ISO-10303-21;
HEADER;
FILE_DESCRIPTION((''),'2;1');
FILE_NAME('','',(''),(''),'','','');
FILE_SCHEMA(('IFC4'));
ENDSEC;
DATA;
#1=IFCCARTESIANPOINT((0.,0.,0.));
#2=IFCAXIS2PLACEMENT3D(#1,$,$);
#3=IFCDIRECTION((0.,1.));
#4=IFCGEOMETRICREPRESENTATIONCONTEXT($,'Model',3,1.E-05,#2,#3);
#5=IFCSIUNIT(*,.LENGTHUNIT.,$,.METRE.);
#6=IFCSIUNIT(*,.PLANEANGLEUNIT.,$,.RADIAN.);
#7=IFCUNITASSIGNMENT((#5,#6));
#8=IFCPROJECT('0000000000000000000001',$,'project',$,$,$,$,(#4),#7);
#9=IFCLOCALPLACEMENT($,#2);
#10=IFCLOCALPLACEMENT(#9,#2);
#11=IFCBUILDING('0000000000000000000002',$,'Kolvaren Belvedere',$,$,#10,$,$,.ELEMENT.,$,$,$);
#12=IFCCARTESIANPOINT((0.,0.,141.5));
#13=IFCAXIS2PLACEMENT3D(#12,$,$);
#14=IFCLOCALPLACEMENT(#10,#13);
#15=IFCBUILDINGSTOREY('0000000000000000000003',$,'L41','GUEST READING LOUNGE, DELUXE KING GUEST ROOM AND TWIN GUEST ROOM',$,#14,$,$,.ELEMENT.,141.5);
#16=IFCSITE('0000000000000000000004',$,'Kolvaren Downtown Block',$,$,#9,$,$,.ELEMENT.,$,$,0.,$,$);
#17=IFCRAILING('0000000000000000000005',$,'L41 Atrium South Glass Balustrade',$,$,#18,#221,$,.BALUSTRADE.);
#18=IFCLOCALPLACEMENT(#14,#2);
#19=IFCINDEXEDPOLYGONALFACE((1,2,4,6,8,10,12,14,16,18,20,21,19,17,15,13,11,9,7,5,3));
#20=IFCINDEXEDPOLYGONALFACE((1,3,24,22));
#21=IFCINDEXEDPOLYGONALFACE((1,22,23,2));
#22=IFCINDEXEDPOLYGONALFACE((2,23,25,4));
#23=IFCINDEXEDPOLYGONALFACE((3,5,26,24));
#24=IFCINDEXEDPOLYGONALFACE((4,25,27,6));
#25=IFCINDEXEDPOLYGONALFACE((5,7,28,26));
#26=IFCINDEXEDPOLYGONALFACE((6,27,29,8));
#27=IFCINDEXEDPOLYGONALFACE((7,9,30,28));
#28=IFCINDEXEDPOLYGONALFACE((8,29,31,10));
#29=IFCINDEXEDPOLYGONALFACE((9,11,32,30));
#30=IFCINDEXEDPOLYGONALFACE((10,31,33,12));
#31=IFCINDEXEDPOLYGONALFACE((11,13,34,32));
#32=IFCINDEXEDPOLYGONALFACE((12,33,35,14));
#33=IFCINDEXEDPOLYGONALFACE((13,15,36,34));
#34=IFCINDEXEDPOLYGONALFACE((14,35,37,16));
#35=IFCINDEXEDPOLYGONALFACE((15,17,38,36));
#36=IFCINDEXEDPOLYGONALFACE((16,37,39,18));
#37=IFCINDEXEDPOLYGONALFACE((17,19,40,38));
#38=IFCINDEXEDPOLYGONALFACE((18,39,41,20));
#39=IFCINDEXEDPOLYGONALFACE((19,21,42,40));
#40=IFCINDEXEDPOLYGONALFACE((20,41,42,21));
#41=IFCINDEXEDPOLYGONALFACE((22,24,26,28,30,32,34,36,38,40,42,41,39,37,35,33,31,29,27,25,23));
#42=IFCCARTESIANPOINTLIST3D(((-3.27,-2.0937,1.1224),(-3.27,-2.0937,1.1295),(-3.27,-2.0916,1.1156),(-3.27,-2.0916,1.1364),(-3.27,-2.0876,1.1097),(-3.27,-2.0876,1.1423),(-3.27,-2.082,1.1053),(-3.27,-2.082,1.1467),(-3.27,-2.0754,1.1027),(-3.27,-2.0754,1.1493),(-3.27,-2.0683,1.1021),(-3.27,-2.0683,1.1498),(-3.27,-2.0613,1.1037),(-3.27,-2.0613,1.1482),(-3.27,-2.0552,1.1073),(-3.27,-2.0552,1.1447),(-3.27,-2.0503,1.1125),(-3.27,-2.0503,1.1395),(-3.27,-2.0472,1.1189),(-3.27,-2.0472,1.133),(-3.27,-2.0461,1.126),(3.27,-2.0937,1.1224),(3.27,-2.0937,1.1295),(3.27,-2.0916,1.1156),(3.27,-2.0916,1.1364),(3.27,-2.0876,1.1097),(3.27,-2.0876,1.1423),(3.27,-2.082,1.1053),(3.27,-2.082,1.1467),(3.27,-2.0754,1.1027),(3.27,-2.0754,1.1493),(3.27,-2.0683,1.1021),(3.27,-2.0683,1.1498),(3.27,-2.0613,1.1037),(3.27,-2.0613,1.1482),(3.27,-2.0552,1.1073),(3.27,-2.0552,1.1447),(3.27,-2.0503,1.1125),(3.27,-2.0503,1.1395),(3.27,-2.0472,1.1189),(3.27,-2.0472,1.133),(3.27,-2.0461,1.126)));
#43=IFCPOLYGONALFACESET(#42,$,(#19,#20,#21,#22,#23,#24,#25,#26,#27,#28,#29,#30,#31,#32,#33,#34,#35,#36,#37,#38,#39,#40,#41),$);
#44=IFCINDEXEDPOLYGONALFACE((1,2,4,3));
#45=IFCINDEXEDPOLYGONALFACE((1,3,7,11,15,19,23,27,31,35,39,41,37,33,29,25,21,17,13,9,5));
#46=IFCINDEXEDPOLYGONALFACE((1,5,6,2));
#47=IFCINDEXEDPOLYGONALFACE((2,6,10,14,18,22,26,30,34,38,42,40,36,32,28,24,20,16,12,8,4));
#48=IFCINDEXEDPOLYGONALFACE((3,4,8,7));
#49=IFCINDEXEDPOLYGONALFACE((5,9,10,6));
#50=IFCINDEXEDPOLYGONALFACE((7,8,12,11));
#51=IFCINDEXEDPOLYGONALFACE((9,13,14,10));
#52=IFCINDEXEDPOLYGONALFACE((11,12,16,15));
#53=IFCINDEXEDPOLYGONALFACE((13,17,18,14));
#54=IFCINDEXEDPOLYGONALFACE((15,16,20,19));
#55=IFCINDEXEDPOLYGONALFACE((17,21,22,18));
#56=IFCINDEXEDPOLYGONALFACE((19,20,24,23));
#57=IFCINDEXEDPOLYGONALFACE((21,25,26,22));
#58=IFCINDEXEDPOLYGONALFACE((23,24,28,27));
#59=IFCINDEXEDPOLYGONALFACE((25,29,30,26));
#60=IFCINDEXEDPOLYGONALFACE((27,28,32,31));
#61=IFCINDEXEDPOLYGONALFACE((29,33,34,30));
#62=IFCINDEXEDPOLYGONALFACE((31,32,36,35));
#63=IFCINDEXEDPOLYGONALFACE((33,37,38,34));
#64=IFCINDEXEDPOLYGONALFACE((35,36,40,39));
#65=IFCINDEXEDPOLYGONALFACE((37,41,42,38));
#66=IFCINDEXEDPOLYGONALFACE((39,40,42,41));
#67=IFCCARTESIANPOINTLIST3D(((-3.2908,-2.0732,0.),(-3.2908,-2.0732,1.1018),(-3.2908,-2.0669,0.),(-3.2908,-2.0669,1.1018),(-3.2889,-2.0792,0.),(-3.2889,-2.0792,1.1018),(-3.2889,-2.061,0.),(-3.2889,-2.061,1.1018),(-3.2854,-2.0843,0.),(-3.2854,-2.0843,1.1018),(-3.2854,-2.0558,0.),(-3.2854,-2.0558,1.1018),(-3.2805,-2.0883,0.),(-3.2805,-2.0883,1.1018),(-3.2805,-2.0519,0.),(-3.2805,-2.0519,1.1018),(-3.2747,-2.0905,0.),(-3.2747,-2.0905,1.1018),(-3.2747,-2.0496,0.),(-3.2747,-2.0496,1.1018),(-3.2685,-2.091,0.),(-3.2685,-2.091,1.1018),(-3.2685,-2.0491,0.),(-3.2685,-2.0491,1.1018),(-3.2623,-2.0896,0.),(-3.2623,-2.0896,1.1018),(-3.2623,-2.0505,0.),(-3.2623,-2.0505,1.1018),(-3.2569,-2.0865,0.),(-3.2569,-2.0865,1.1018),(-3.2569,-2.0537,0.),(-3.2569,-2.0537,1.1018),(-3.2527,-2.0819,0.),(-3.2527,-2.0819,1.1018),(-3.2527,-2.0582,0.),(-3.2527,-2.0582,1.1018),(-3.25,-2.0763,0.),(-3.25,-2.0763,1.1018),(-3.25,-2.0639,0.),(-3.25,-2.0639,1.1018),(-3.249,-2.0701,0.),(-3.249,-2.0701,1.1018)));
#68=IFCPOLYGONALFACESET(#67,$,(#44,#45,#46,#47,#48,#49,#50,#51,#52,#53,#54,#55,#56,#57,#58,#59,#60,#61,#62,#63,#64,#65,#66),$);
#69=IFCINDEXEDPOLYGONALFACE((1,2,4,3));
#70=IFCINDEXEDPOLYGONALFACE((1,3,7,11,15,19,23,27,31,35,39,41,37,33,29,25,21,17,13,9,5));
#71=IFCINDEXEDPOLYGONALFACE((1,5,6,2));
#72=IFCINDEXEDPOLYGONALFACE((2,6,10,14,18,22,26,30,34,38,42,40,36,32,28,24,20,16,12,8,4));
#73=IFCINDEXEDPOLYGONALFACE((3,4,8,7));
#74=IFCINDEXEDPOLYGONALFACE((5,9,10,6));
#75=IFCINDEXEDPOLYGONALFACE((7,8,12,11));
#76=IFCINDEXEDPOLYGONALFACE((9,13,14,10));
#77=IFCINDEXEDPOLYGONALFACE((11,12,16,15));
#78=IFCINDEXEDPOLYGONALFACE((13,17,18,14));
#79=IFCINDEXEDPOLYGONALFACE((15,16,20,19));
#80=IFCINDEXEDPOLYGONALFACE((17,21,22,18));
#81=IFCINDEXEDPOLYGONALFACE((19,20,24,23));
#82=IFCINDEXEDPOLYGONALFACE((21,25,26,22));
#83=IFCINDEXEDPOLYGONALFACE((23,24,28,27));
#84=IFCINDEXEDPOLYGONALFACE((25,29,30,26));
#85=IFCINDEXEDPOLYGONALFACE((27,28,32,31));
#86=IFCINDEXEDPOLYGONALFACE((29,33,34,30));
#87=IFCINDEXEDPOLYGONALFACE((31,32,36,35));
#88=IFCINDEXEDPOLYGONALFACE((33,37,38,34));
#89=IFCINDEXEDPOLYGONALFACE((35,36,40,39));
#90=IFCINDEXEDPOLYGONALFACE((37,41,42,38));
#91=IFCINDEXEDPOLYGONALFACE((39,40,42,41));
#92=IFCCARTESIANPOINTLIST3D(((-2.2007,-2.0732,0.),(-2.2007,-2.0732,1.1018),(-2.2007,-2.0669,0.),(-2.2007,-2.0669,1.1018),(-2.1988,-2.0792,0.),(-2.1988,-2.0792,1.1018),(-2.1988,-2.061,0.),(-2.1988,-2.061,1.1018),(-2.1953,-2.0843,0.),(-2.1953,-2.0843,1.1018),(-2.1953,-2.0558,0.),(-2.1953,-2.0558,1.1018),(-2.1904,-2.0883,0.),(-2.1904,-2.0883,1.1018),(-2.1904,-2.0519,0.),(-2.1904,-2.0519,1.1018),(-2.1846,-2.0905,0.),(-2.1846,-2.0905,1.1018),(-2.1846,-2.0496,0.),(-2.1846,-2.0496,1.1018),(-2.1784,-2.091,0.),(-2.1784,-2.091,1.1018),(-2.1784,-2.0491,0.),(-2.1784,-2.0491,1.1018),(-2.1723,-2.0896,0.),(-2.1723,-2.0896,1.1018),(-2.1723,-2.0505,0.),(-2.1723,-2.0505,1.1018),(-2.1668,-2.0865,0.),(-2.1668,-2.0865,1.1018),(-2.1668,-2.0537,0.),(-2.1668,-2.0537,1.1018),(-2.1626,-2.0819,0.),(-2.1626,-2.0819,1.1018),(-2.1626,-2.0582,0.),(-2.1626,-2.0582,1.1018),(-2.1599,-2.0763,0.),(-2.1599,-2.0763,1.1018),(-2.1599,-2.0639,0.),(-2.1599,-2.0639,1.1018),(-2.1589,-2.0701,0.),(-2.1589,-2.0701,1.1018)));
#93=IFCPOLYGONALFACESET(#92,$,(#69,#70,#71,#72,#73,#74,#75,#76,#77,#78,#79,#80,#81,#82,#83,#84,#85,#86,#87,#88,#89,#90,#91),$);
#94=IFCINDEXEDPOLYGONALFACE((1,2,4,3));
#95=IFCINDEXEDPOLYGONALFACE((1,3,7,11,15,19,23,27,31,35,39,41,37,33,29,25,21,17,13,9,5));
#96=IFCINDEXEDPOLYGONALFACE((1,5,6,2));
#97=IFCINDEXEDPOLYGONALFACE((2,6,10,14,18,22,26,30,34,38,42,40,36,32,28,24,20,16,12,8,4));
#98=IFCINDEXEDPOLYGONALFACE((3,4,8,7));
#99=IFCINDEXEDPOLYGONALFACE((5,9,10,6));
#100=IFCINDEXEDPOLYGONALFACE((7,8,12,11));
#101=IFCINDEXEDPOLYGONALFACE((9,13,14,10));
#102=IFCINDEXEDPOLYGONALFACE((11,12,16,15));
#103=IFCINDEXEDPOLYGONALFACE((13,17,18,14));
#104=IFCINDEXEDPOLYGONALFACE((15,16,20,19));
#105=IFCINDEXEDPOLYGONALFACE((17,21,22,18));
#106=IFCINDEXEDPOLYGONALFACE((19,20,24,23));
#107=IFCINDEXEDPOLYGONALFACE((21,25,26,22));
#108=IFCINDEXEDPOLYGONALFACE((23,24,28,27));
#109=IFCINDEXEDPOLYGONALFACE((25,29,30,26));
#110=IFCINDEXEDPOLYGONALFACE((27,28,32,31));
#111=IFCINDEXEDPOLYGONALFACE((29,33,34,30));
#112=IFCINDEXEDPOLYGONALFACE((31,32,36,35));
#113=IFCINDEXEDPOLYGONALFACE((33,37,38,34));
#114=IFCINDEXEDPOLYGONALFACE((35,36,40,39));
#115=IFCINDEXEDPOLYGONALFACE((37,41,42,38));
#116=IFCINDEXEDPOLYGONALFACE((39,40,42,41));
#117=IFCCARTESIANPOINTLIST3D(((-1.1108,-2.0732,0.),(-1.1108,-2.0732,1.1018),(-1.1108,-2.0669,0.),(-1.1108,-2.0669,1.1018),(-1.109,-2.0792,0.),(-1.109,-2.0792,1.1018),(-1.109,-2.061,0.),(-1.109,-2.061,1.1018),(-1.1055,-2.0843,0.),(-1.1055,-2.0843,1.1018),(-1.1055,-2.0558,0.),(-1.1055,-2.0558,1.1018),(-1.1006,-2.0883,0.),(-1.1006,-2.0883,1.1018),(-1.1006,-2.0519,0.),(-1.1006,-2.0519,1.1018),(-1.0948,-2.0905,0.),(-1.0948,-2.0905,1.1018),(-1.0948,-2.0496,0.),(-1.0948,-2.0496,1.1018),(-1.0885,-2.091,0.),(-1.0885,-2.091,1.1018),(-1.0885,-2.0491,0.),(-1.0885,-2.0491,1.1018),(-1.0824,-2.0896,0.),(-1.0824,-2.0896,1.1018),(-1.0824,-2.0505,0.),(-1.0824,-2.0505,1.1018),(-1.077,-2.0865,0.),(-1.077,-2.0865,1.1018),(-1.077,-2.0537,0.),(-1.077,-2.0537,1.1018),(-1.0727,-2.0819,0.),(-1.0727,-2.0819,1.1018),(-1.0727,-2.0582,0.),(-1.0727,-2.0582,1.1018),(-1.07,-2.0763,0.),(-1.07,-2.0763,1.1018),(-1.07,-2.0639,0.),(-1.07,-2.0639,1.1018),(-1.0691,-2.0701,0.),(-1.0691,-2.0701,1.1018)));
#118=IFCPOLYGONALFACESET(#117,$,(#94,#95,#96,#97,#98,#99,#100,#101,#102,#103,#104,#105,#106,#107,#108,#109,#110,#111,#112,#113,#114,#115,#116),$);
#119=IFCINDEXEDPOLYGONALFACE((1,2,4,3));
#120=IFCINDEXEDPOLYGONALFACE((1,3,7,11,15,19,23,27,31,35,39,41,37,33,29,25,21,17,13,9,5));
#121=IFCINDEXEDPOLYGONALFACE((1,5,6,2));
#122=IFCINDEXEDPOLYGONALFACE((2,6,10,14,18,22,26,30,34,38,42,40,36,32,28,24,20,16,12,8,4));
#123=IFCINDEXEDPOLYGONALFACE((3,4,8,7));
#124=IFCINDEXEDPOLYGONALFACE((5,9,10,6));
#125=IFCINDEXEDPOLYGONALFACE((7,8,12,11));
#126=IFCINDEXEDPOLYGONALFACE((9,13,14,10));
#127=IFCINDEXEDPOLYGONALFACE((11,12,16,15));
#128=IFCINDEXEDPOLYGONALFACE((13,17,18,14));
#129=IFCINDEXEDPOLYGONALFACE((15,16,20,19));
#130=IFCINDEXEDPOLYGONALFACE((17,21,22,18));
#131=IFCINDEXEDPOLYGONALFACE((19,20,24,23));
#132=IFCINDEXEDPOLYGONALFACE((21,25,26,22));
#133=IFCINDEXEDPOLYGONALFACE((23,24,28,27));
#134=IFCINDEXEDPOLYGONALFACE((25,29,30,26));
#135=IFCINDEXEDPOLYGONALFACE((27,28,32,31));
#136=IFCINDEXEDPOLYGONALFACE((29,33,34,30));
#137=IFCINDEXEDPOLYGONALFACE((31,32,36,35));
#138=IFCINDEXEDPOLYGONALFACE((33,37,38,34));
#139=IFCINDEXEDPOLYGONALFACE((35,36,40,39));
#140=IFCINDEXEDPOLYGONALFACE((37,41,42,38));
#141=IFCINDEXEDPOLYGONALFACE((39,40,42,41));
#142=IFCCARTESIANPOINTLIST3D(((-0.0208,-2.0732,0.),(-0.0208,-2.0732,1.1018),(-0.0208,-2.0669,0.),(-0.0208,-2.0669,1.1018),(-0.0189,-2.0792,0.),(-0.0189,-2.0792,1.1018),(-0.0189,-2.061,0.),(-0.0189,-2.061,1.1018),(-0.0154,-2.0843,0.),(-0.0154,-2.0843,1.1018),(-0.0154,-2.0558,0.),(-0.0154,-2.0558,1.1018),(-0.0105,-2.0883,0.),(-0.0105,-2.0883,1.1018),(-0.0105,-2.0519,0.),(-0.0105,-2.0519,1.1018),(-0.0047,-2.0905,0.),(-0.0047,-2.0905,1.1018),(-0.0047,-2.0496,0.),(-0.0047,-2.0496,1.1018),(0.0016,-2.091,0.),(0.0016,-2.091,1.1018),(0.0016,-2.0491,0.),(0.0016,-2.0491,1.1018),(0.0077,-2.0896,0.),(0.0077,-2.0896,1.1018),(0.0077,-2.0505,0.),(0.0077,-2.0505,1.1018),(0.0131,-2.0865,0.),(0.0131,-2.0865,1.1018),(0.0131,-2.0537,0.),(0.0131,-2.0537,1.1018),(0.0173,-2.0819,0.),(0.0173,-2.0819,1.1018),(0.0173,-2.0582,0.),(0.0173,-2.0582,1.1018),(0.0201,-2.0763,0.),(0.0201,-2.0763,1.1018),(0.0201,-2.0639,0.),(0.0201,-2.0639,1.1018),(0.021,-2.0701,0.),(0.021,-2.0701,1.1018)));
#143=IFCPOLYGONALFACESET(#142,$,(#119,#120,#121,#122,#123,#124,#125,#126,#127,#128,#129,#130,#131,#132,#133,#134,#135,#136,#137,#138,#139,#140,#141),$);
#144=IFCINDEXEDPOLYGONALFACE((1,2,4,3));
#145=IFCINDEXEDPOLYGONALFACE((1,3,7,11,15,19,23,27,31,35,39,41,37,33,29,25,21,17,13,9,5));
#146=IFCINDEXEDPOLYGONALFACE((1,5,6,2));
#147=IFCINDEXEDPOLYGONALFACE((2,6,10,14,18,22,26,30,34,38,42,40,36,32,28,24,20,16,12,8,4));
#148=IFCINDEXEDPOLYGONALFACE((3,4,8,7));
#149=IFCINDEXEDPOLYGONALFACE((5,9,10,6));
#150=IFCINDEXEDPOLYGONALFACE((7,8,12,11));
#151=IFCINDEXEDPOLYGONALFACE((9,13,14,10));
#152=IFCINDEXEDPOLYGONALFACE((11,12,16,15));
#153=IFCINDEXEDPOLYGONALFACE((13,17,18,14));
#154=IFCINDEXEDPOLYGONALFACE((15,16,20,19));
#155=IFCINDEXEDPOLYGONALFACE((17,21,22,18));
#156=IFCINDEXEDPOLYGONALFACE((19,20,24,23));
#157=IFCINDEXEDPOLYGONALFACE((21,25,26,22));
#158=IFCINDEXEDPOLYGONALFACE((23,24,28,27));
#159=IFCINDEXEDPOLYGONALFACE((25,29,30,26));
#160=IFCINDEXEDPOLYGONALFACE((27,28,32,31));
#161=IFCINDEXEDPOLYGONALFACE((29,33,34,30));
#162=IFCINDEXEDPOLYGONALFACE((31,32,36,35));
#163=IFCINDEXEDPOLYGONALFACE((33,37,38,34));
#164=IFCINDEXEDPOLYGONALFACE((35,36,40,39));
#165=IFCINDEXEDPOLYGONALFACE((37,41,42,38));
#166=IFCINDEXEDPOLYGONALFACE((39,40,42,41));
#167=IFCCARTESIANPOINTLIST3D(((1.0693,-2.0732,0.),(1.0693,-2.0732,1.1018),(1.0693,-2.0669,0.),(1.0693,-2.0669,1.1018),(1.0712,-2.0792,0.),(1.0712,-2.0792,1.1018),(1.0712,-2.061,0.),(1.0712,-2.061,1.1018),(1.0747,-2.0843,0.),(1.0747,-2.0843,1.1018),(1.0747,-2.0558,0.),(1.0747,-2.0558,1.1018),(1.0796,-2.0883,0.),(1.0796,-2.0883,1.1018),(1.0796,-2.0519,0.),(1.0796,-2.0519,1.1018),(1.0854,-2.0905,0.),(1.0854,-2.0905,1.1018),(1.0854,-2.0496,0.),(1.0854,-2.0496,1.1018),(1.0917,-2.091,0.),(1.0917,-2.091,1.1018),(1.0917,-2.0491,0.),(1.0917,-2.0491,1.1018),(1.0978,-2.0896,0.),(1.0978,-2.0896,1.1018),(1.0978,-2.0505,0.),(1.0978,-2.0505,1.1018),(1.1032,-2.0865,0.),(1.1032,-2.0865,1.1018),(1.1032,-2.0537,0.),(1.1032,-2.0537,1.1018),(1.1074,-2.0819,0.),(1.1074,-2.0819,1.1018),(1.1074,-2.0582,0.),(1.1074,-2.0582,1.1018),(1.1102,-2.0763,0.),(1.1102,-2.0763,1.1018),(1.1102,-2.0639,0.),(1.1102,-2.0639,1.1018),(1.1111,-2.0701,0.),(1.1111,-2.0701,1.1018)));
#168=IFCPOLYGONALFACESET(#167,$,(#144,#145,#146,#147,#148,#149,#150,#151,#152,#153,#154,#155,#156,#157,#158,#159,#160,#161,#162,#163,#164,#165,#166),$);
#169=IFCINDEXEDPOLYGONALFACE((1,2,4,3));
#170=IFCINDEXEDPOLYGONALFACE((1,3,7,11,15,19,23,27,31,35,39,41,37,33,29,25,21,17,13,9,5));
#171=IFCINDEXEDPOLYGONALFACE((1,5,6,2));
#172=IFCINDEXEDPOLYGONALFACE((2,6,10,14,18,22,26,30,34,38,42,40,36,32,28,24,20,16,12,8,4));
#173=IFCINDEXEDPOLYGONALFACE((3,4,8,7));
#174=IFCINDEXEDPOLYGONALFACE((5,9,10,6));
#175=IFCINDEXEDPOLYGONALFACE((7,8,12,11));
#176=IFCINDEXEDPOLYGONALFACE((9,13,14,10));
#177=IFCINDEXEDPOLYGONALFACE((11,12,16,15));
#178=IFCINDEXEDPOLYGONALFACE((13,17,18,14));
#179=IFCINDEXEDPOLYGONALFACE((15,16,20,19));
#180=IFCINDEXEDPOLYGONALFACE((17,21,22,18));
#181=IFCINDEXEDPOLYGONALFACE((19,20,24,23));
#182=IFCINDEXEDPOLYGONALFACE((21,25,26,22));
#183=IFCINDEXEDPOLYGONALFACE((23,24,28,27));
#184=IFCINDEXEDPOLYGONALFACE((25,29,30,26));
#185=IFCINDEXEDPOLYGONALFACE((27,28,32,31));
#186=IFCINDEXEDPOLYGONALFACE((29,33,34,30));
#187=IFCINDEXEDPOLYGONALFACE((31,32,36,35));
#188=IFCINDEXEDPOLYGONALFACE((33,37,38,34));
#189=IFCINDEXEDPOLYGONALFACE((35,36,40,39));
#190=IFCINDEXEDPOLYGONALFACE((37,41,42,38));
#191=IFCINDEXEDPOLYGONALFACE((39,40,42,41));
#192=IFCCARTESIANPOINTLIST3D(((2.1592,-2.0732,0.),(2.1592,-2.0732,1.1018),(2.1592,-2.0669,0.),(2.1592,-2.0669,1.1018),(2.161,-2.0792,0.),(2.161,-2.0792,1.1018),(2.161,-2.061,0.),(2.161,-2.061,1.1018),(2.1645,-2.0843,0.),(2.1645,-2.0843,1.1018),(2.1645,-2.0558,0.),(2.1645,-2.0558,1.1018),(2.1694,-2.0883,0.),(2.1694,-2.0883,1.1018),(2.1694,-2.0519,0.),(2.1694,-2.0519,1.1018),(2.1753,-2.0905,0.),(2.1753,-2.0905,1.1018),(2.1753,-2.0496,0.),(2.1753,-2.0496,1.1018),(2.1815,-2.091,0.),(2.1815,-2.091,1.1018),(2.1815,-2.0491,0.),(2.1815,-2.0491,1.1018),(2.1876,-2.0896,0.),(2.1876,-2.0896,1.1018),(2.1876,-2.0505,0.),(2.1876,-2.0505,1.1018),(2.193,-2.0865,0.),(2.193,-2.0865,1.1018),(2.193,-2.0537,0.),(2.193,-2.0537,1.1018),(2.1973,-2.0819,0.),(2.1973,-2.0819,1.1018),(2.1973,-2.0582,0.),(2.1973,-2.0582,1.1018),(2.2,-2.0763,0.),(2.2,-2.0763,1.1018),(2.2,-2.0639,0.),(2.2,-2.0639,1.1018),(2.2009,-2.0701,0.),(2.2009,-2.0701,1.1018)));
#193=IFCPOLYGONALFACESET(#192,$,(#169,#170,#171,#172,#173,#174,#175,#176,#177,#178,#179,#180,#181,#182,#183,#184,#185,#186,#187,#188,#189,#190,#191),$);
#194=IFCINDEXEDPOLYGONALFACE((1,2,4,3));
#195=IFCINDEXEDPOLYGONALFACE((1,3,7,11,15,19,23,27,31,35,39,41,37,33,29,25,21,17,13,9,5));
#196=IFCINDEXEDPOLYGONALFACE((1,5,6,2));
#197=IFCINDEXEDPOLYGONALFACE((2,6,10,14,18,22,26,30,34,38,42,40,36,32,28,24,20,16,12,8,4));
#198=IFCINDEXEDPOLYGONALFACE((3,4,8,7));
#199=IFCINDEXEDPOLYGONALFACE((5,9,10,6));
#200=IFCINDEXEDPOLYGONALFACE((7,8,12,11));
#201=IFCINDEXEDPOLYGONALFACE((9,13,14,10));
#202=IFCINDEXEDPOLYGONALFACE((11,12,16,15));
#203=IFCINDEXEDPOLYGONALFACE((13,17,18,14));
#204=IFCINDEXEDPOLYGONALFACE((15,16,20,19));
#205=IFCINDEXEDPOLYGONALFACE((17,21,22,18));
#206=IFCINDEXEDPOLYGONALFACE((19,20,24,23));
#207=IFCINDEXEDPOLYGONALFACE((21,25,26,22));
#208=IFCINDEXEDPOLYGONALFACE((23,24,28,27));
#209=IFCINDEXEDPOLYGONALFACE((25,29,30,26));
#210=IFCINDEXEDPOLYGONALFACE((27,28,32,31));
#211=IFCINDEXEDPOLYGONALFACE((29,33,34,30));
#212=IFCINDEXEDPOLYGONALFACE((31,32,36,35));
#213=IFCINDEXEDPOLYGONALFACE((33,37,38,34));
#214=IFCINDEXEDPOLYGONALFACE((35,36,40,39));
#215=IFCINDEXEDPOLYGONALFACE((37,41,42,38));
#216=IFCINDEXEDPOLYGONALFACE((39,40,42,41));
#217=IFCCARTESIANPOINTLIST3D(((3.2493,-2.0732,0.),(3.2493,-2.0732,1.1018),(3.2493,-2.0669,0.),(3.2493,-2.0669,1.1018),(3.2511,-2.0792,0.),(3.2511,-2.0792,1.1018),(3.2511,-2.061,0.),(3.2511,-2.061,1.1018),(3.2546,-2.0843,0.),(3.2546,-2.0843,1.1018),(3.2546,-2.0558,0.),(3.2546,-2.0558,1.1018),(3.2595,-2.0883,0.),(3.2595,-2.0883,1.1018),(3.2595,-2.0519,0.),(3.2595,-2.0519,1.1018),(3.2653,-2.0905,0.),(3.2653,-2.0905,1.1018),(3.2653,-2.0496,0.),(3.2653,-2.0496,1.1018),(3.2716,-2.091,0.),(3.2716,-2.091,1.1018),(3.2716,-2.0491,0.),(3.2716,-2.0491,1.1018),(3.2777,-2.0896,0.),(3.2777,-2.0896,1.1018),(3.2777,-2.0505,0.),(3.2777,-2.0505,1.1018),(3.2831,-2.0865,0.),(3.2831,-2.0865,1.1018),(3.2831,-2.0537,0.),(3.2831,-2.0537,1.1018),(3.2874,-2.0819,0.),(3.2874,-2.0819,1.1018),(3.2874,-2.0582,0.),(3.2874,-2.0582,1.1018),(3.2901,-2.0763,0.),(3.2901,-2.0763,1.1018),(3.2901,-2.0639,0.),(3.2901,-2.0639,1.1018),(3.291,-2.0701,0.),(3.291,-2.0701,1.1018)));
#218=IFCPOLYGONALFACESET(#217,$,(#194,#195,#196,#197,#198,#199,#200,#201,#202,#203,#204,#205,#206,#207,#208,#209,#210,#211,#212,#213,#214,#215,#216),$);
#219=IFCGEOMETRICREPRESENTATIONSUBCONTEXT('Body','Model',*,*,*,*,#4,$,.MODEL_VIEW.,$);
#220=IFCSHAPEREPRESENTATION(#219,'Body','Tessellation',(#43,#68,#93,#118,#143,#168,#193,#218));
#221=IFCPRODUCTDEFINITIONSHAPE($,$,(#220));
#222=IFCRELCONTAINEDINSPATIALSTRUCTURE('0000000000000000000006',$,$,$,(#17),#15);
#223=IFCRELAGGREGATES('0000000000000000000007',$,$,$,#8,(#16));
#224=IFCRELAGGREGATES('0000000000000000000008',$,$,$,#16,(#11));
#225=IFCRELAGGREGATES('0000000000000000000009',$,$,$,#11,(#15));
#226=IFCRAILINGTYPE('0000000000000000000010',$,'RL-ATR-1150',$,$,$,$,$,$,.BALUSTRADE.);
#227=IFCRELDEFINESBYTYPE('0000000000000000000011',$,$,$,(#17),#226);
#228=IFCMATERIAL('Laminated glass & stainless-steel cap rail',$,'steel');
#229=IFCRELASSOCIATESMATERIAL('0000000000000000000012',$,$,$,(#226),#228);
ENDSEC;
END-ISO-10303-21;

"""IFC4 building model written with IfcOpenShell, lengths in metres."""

from ifc_helpers import new_model, si_unit, direction, frame, origin, origin_2d, place, context, subcontext, project, spatial, circle, extrude, material, type_object, element, save


model = new_model("IFC4")

# Units and contexts
model_context = context("Model", 3, precision=1e-05, world=origin(), true_north=direction((0.0, 1.0)))
body_context = subcontext(model_context, "Body", "Model", "MODEL_VIEW")
ifc_project = project(units=[si_unit("LENGTHUNIT", "METRE"), si_unit("PLANEANGLEUNIT", "RADIAN")], contexts=[model_context])

# Site, building, storey
site_placement = place(None, origin())
site = spatial("IfcSite", under=ifc_project, at=site_placement, Name="Kolvaren Downtown Block", CompositionType="ELEMENT", RefElevation=0.0)
building_placement = place(site_placement, origin())
building = spatial("IfcBuilding", under=site, at=building_placement, Name="Kolvaren Belvedere", CompositionType="ELEMENT")
storey_placement = place(building_placement, frame((0.0, 0.0, 141.5)))
storey = spatial("IfcBuildingStorey", under=building, at=storey_placement, Name="L41", Description="GUEST READING LOUNGE, DELUXE KING GUEST ROOM AND TWIN GUEST ROOM", CompositionType="ELEMENT", Elevation=141.5)

# Railing
ifc_material_1 = material(Name="Laminated glass & stainless-steel cap rail", Category="steel")
railing_type_1 = type_object("IfcRailingType", Name="RL-ATR-1150", PredefinedType="BALUSTRADE", material=ifc_material_1)
railing_1_placement = place(storey_placement, frame((-3.27, -2.0701, 0.0)))
element("IfcRailing", 1, at=railing_1_placement, inside=storey, type_object=railing_type_1, Name="L41 Atrium South Glass Balustrade", PredefinedType="BALUSTRADE", context=body_context, shape_type="SweptSolid", body=[
    extrude(circle(Radius=0.0239, at=origin_2d()), frame((0.0, 0.0, 1.126), z_axis=(1.0, 0.0, 0.0), x_axis=(0.0, 1.0, 0.0)), (0.0, 0.0, 1.0), 6.54),
    extrude(circle(Radius=0.021, at=origin_2d()), origin(), (0.0, 0.0, 1.0), 1.1018),
    extrude(circle(Radius=0.021, at=origin_2d()), frame((1.0901, 0.0, 0.0)), (0.0, 0.0, 1.0), 1.1018),
    extrude(circle(Radius=0.021, at=origin_2d()), frame((2.1799, 0.0, 0.0)), (0.0, 0.0, 1.0), 1.1018),
    extrude(circle(Radius=0.021, at=origin_2d()), frame((3.27, 0.0, 0.0)), (0.0, 0.0, 1.0), 1.1018),
    extrude(circle(Radius=0.021, at=origin_2d()), frame((4.3601, 0.0, 0.0)), (0.0, 0.0, 1.0), 1.1018),
    extrude(circle(Radius=0.021, at=origin_2d()), frame((5.45, 0.0, 0.0)), (0.0, 0.0, 1.0), 1.1018),
    extrude(circle(Radius=0.021, at=origin_2d()), frame((6.54, 0.0, 0.0)), (0.0, 0.0, 1.0), 1.1018),
])

save(model, "model.ifc")
